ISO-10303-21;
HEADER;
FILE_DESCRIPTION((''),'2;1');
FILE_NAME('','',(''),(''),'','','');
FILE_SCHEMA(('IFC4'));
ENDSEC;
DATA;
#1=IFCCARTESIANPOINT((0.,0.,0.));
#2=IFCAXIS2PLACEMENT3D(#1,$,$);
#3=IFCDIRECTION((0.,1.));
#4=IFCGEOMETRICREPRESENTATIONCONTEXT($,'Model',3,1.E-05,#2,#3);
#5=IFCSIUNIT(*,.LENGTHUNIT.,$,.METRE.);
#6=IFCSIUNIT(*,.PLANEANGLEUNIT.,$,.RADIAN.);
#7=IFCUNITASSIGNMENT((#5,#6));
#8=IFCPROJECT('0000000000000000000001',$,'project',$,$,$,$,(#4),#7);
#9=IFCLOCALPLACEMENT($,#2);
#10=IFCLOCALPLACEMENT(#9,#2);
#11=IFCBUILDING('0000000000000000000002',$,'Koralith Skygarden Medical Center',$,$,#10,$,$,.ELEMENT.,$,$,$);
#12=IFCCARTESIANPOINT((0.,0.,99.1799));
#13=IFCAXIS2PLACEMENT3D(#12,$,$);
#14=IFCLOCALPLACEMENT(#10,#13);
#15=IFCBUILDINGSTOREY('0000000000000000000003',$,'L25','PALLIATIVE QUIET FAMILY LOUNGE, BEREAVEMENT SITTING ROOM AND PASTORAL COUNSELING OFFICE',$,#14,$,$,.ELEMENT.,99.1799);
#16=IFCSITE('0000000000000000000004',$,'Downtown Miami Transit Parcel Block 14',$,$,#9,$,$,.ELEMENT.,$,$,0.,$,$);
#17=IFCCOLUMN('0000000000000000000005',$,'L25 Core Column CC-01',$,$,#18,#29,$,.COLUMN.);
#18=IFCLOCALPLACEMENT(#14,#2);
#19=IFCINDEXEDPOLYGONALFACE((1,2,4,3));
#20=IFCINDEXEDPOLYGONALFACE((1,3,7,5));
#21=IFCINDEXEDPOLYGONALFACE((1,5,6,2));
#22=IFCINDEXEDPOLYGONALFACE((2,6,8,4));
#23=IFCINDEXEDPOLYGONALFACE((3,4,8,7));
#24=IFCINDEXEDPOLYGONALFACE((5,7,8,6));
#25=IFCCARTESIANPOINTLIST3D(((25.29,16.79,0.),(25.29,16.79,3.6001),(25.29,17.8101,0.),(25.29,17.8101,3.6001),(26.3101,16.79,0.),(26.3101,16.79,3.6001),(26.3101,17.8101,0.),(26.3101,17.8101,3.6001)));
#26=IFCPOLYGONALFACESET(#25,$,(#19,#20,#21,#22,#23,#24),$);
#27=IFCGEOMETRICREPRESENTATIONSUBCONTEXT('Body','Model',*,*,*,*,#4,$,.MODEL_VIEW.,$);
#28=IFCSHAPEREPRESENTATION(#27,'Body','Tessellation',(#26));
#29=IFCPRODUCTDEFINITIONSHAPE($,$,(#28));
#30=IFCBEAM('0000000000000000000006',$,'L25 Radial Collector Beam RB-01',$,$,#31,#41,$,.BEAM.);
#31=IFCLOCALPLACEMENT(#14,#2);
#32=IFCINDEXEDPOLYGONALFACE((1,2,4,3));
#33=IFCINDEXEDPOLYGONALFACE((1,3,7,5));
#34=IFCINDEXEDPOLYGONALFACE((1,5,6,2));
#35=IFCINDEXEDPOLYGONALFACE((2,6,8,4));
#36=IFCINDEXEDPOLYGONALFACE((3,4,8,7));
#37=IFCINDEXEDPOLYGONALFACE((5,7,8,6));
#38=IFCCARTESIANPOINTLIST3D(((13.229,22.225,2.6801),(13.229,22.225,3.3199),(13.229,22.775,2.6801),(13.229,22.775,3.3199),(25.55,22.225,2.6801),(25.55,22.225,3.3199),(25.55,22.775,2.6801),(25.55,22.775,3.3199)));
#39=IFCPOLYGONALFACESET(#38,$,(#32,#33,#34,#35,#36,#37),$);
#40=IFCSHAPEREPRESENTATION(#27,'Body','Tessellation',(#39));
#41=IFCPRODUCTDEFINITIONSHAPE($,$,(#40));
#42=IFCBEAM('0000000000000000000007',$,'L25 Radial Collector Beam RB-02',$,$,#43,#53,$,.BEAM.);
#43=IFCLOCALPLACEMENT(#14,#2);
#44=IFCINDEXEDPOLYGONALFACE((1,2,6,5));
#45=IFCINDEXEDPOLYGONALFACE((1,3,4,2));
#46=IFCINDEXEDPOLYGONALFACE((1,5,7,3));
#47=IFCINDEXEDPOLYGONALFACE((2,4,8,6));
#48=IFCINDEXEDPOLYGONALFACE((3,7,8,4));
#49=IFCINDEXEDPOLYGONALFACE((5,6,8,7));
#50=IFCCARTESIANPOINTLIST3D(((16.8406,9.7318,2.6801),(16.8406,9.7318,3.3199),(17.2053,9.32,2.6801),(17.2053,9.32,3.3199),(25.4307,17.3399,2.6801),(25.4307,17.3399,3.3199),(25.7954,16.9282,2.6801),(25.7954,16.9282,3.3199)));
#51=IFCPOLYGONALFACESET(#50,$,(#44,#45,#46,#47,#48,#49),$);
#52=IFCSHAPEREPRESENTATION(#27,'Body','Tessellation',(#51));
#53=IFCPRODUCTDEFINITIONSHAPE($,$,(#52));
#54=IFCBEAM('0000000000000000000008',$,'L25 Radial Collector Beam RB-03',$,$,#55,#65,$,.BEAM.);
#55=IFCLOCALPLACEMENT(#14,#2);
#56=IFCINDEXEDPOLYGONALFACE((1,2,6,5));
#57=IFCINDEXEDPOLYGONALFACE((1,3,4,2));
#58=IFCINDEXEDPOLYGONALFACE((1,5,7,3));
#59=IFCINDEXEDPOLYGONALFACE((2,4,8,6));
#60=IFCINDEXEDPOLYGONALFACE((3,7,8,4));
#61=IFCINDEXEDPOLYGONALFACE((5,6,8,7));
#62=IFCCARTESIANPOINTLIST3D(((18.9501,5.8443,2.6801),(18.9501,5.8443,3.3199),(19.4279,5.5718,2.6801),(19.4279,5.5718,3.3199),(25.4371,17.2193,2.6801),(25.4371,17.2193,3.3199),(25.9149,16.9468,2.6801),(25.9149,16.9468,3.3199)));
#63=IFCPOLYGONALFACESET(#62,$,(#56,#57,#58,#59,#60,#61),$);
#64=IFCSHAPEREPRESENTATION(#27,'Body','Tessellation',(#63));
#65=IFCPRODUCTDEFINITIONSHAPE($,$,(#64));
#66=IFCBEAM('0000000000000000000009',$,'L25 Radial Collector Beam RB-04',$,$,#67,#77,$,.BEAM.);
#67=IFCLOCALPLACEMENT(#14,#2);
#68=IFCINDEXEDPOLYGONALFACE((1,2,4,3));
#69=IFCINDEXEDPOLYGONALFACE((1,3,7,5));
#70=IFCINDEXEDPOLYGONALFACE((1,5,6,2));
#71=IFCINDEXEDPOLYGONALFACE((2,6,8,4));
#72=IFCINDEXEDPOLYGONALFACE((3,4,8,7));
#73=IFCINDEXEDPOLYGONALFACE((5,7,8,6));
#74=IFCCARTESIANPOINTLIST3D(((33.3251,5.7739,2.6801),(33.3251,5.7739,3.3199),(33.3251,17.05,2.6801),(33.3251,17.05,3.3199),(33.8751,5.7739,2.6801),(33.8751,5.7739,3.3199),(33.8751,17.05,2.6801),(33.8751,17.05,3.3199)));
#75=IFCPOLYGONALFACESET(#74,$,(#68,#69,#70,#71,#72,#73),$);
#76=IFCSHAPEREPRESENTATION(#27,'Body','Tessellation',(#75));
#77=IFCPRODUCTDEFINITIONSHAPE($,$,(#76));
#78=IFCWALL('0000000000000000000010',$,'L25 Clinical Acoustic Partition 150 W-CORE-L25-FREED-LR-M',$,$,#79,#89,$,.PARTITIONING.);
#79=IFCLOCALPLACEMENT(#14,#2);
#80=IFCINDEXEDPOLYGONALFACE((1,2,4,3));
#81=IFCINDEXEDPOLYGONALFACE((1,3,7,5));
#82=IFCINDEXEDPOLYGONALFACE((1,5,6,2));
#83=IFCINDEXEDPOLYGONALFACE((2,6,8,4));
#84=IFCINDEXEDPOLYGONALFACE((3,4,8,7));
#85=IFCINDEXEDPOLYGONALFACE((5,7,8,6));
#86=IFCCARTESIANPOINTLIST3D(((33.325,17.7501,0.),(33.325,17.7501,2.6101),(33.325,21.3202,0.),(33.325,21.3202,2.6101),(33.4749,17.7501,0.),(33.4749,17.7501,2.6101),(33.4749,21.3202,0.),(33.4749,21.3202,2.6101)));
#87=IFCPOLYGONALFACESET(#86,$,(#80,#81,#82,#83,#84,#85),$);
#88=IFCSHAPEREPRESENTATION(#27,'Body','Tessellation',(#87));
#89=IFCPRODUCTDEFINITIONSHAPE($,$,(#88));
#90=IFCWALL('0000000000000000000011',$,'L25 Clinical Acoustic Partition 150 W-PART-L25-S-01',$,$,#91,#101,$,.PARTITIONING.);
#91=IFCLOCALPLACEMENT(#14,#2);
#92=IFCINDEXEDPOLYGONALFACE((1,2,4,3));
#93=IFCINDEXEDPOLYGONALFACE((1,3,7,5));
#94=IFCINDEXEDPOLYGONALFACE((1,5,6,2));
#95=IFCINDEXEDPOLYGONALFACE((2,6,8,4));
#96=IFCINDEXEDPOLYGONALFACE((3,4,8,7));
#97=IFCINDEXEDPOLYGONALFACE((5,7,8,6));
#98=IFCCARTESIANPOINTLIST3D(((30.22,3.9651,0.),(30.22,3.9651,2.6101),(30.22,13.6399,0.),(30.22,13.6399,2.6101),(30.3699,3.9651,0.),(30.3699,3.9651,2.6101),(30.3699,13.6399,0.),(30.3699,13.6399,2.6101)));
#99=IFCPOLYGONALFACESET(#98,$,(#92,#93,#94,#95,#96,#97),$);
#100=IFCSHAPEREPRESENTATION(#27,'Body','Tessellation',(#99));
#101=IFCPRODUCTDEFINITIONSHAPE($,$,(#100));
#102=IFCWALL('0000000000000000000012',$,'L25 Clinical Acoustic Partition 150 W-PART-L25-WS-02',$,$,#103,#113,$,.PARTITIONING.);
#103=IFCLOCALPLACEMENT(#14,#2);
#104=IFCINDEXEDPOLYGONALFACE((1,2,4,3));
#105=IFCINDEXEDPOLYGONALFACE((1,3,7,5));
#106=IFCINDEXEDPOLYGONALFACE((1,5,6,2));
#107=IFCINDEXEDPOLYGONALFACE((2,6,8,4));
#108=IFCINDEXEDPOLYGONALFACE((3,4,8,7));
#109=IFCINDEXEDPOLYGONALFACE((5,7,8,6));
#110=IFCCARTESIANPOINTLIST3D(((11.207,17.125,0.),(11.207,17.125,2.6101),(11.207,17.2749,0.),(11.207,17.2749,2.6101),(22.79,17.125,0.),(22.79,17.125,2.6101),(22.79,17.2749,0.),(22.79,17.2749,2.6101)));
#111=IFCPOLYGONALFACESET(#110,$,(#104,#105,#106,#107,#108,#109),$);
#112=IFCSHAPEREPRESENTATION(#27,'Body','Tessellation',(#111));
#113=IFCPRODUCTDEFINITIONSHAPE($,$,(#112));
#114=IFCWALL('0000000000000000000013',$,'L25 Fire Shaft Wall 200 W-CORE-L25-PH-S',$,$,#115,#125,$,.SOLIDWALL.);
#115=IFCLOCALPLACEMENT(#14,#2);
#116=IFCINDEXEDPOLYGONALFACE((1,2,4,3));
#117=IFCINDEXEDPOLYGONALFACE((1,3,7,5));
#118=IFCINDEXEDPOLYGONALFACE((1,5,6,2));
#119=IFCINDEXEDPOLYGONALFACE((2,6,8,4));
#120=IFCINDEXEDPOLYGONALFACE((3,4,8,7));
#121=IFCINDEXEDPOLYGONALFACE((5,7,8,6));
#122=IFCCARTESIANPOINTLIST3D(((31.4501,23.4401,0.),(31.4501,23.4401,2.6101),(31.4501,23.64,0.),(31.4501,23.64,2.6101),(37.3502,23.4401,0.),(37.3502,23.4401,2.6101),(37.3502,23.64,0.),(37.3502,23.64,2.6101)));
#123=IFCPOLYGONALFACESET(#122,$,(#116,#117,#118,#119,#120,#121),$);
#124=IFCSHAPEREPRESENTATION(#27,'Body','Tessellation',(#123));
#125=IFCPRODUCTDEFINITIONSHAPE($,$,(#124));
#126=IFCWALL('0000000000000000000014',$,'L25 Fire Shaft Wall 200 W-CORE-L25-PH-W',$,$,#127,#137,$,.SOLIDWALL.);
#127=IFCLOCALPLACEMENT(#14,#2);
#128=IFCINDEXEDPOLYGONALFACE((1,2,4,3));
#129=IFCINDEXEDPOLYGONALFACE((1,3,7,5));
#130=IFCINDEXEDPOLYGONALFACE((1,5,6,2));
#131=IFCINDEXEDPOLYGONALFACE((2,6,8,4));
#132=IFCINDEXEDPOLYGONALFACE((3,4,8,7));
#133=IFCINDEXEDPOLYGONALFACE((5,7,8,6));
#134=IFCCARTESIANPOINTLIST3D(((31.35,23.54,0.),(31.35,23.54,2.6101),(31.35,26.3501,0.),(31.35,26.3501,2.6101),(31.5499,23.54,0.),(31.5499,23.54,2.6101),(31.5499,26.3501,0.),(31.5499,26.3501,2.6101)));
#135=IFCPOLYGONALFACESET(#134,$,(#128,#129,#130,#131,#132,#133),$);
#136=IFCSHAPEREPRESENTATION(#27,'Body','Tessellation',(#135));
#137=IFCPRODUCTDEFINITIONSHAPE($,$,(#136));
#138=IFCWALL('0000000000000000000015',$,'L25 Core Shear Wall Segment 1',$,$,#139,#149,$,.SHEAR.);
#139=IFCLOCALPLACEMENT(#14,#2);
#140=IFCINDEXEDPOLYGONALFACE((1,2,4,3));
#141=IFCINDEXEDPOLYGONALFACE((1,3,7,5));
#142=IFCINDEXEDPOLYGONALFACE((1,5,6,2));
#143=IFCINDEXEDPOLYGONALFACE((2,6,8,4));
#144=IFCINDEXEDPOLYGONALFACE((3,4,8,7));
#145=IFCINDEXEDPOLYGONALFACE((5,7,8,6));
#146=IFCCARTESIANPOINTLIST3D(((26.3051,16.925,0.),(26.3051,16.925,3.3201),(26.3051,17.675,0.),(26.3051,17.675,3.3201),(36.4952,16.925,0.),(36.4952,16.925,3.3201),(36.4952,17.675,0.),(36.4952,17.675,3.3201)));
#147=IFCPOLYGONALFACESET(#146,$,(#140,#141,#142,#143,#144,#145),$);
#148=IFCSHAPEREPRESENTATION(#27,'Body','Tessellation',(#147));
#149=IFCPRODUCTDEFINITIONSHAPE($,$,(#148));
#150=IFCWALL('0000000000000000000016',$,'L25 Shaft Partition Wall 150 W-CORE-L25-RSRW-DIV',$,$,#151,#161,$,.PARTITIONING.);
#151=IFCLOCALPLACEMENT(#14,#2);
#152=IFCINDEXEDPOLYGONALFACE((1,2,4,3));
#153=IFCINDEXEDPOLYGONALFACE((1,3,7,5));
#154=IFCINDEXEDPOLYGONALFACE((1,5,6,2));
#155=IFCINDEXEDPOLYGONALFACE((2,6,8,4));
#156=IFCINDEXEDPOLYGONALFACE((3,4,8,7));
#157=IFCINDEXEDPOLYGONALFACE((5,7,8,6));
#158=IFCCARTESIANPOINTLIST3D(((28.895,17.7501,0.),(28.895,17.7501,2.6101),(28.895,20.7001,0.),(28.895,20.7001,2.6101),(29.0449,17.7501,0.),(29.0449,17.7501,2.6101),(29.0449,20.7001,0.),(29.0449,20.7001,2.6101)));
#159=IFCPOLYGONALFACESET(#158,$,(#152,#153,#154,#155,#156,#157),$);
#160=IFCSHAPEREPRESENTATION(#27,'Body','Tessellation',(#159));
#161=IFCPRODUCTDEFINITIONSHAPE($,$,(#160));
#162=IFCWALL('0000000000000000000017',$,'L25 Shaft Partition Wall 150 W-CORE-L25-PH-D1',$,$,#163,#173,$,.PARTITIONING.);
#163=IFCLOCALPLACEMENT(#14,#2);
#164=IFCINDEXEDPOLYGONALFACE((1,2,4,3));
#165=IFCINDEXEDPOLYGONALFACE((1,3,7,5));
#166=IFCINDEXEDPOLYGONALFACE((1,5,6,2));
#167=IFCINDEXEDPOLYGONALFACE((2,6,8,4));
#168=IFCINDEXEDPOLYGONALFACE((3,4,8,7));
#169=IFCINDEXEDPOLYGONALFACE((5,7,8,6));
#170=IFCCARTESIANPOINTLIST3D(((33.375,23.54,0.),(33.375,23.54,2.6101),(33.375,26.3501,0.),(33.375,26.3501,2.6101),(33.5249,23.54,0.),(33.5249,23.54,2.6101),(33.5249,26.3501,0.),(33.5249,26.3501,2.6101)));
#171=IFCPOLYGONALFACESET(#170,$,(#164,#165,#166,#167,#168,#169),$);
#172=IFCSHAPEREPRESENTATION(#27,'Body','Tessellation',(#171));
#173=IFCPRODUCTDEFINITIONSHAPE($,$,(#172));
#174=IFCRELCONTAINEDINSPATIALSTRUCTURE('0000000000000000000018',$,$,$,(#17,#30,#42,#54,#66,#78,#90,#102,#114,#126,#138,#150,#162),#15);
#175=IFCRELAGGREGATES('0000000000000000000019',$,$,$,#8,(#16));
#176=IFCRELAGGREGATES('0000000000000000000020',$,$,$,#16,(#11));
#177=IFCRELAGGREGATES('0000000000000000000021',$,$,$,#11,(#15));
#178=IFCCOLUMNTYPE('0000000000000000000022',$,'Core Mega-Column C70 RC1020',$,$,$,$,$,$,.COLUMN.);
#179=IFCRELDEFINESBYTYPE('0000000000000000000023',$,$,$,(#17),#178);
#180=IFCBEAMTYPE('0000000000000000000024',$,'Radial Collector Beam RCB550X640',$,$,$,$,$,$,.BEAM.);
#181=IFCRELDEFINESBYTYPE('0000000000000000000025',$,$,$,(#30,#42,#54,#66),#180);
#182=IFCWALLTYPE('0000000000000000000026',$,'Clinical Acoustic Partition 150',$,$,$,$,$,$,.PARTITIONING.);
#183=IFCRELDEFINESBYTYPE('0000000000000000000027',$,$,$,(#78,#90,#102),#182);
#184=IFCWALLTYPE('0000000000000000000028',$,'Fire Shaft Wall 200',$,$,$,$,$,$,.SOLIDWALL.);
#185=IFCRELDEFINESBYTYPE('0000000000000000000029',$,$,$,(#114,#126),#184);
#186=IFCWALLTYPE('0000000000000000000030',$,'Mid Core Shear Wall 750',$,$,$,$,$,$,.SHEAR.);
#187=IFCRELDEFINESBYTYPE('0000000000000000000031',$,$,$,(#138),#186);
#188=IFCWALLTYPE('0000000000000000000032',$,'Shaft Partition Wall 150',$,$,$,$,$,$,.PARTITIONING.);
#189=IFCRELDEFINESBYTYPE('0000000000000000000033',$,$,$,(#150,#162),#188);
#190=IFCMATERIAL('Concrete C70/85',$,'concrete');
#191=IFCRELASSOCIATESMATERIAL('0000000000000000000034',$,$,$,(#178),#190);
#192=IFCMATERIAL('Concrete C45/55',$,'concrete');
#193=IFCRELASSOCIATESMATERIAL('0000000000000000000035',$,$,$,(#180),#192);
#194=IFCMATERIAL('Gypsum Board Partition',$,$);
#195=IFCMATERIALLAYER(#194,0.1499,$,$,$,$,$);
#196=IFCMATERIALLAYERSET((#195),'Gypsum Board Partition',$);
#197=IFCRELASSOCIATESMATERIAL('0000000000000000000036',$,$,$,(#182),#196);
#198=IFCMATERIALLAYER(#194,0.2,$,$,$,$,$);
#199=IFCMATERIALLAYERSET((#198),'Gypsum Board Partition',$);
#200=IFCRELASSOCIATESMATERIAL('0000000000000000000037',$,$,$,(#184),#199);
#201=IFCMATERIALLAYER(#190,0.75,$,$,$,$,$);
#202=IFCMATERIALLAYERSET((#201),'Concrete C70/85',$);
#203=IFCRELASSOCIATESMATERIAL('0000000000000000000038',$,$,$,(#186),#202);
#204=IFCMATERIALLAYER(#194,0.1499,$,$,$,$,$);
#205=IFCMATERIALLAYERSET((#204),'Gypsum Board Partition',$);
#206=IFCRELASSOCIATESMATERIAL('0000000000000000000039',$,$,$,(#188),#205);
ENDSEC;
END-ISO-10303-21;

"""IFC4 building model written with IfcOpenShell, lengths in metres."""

from ifc_helpers import new_model, si_unit, direction, frame, frame_2d, origin, origin_2d, place, context, subcontext, project, spatial, rectangle, extrude, material, layer, layer_set, material_profile, profile_set, type_object, element, save


model = new_model("IFC4")

# Units and contexts
model_context = context("Model", 3, precision=1e-05, world=origin(), true_north=direction((0.0, 1.0)))
body_context = subcontext(model_context, "Body", "Model", "MODEL_VIEW")
ifc_project = project(units=[si_unit("LENGTHUNIT", "METRE"), si_unit("PLANEANGLEUNIT", "RADIAN")], contexts=[model_context])

# Site, building, storey
site_placement = place(None, origin())
site = spatial("IfcSite", under=ifc_project, at=site_placement, Name="Downtown Miami Transit Parcel Block 14", CompositionType="ELEMENT", RefElevation=0.0)
building_placement = place(site_placement, origin())
building = spatial("IfcBuilding", under=site, at=building_placement, Name="Koralith Skygarden Medical Center", CompositionType="ELEMENT")
storey_placement = place(building_placement, frame((0.0, 0.0, 99.1799)))
storey = spatial("IfcBuildingStorey", under=building, at=storey_placement, Name="L25", Description="PALLIATIVE QUIET FAMILY LOUNGE, BEREAVEMENT SITTING ROOM AND PASTORAL COUNSELING OFFICE", CompositionType="ELEMENT", Elevation=99.1799)

# Column
ifc_material_1 = material(Name="Concrete C70/85", Category="concrete")
ifc_material_profile_1 = material_profile(ifc_material_1, rectangle(XDim=1.02, YDim=1.02, at=origin_2d()), Name="RC1020X1020")
ifc_profile_set_1 = profile_set([ifc_material_profile_1], Name="Concrete C70/85")
column_type = type_object("IfcColumnType", Name="Core Mega-Column C70 RC1020", PredefinedType="COLUMN", material=ifc_profile_set_1)
column_placement = place(storey_placement, frame((25.8, 17.3, 0.0), z_axis=(0.0, 0.0, 1.0), x_axis=(1.0, 0.0, 0.0)))
element("IfcColumn", 1, at=column_placement, inside=storey, type_object=column_type, Name="L25 Core Column CC-01", PredefinedType="COLUMN", context=body_context, shape_type="SweptSolid", body=[
    extrude(rectangle(XDim=1.02, YDim=1.02, at=origin_2d()), origin(), (0.0, 0.0, 1.0), 3.6001),
])

# Beams
ifc_material_2 = material(Name="Concrete C45/55", Category="concrete")
ifc_material_profile_2 = material_profile(ifc_material_2, rectangle(XDim=0.55, YDim=0.6399, at=origin_2d()), Name="RCB550X640")
ifc_profile_set_2 = profile_set([ifc_material_profile_2], Name="Concrete C45/55")
beam_type = type_object("IfcBeamType", Name="Radial Collector Beam RCB550X640", PredefinedType="BEAM", material=ifc_profile_set_2)
beam_1_placement = place(storey_placement, frame((25.55, 22.5, 3.0), z_axis=(-1.0, 0.0, 0.0), x_axis=(0.0, -1.0, 0.0)))
element("IfcBeam", 2, at=beam_1_placement, inside=storey, type_object=beam_type, Name="L25 Radial Collector Beam RB-01", PredefinedType="BEAM", context=body_context, shape_type="SweptSolid", body=[
    extrude(rectangle(XDim=0.55, YDim=0.6399, at=origin_2d()), origin(), (0.0, 0.0, 1.0), 12.321),
])
beam_2_placement = place(storey_placement, frame((25.613, 17.134, 3.0), z_axis=(-0.748597, -0.663025, 0.0), x_axis=(0.663025, -0.748597, 0.0)))
element("IfcBeam", 3, at=beam_2_placement, inside=storey, type_object=beam_type, Name="L25 Radial Collector Beam RB-02", PredefinedType="BEAM", context=body_context, shape_type="SweptSolid", body=[
    extrude(rectangle(XDim=0.55, YDim=0.6399, at=origin_2d()), origin(), (0.0, 0.0, 1.0), 11.4749),
])
beam_3_placement = place(storey_placement, frame((25.676, 17.083, 3.0), z_axis=(-0.495394, -0.868668, 0.0), x_axis=(0.868668, -0.495394, 0.0)))
element("IfcBeam", 4, at=beam_3_placement, inside=storey, type_object=beam_type, Name="L25 Radial Collector Beam RB-03", PredefinedType="BEAM", context=body_context, shape_type="SweptSolid", body=[
    extrude(rectangle(XDim=0.55, YDim=0.6399, at=origin_2d()), origin(), (0.0, 0.0, 1.0), 13.0947),
])
beam_4_placement = place(storey_placement, frame((33.6001, 17.05, 3.0), z_axis=(0.0, -1.0, 0.0), x_axis=(1.0, 0.0, 0.0)))
element("IfcBeam", 5, at=beam_4_placement, inside=storey, type_object=beam_type, Name="L25 Radial Collector Beam RB-04", PredefinedType="BEAM", context=body_context, shape_type="SweptSolid", body=[
    extrude(rectangle(XDim=0.55, YDim=0.6399, at=origin_2d()), origin(), (0.0, 0.0, 1.0), 11.2761),
])

# Shared definitions
ifc_material_3 = material(Name="Gypsum Board Partition")
ifc_layer_1 = layer(ifc_material_3, 0.1499)
ifc_layer_set_1 = layer_set([ifc_layer_1], Name="Gypsum Board Partition")
wall_type_1 = type_object("IfcWallType", Name="Clinical Acoustic Partition 150", PredefinedType="PARTITIONING", material=ifc_layer_set_1)

# Walls
wall_1_placement = place(storey_placement, frame((33.3999, 17.75, 0.0), z_axis=(0.0, 0.0, 1.0), x_axis=(0.0, 1.0, 0.0)))
element("IfcWall", 6, at=wall_1_placement, inside=storey, type_object=wall_type_1, Name="L25 Clinical Acoustic Partition 150 W-CORE-L25-FREED-LR-M", PredefinedType="PARTITIONING", context=body_context, shape_type="SweptSolid", body=[
    extrude(rectangle(XDim=3.5701, YDim=0.1499, at=frame_2d((1.7852, 0.0))), origin(), (0.0, 0.0, 1.0), 2.6101),
])
wall_2_placement = place(storey_placement, frame((30.2949, 13.6399, 0.0), z_axis=(0.0, 0.0, 1.0), x_axis=(0.0, -1.0, 0.0)))
element("IfcWall", 7, at=wall_2_placement, inside=storey, type_object=wall_type_1, Name="L25 Clinical Acoustic Partition 150 W-PART-L25-S-01", PredefinedType="PARTITIONING", context=body_context, shape_type="SweptSolid", body=[
    extrude(rectangle(XDim=9.6748, YDim=0.1499, at=frame_2d((4.8374, 0.0))), origin(), (0.0, 0.0, 1.0), 2.6101),
])
wall_3_placement = place(storey_placement, frame((22.79, 17.2, 0.0), z_axis=(0.0, 0.0, 1.0), x_axis=(-1.0, 0.0, 0.0)))
element("IfcWall", 8, at=wall_3_placement, inside=storey, type_object=wall_type_1, Name="L25 Clinical Acoustic Partition 150 W-PART-L25-WS-02", PredefinedType="PARTITIONING", context=body_context, shape_type="SweptSolid", body=[
    extrude(rectangle(XDim=11.583, YDim=0.1499, at=frame_2d((5.7915, 0.0))), origin(), (0.0, 0.0, 1.0), 2.6101),
])

# Shared definitions
ifc_layer_2 = layer(ifc_material_3, 0.2)
ifc_layer_set_2 = layer_set([ifc_layer_2], Name="Gypsum Board Partition")
wall_type_2 = type_object("IfcWallType", Name="Fire Shaft Wall 200", PredefinedType="SOLIDWALL", material=ifc_layer_set_2)

# Walls
wall_4_placement = place(storey_placement, frame((31.45, 23.54, 0.0), z_axis=(0.0, 0.0, 1.0), x_axis=(1.0, 0.0, 0.0)))
element("IfcWall", 9, at=wall_4_placement, inside=storey, type_object=wall_type_2, Name="L25 Fire Shaft Wall 200 W-CORE-L25-PH-S", PredefinedType="SOLIDWALL", context=body_context, shape_type="SweptSolid", body=[
    extrude(rectangle(XDim=5.9001, YDim=0.2, at=frame_2d((2.9502, 0.0))), origin(), (0.0, 0.0, 1.0), 2.6101),
])
wall_5_placement = place(storey_placement, frame((31.45, 23.54, 0.0), z_axis=(0.0, 0.0, 1.0), x_axis=(0.0, 1.0, 0.0)))
element("IfcWall", 10, at=wall_5_placement, inside=storey, type_object=wall_type_2, Name="L25 Fire Shaft Wall 200 W-CORE-L25-PH-W", PredefinedType="SOLIDWALL", context=body_context, shape_type="SweptSolid", body=[
    extrude(rectangle(XDim=2.8101, YDim=0.2, at=frame_2d((1.405, 0.0))), origin(), (0.0, 0.0, 1.0), 2.6101),
])
ifc_layer_3 = layer(ifc_material_1, 0.75)
ifc_layer_set_3 = layer_set([ifc_layer_3], Name="Concrete C70/85")
wall_type_3 = type_object("IfcWallType", Name="Mid Core Shear Wall 750", PredefinedType="SHEAR", material=ifc_layer_set_3)
wall_6_placement = place(storey_placement, frame((26.3049, 17.3, 0.0), z_axis=(0.0, 0.0, 1.0), x_axis=(1.0, 0.0, 0.0)))
element("IfcWall", 11, at=wall_6_placement, inside=storey, type_object=wall_type_3, Name="L25 Core Shear Wall Segment 1", PredefinedType="SHEAR", context=body_context, shape_type="SweptSolid", body=[
    extrude(rectangle(XDim=10.1902, YDim=0.75, at=frame_2d((5.0952, 0.0))), origin(), (0.0, 0.0, 1.0), 3.3201),
])
ifc_layer_4 = layer(ifc_material_3, 0.1499)
ifc_layer_set_4 = layer_set([ifc_layer_4], Name="Gypsum Board Partition")
wall_type_4 = type_object("IfcWallType", Name="Shaft Partition Wall 150", PredefinedType="PARTITIONING", material=ifc_layer_set_4)
wall_7_placement = place(storey_placement, frame((28.97, 17.75, 0.0), z_axis=(0.0, 0.0, 1.0), x_axis=(0.0, 1.0, 0.0)))
element("IfcWall", 12, at=wall_7_placement, inside=storey, type_object=wall_type_4, Name="L25 Shaft Partition Wall 150 W-CORE-L25-RSRW-DIV", PredefinedType="PARTITIONING", context=body_context, shape_type="SweptSolid", body=[
    extrude(rectangle(XDim=2.95, YDim=0.1499, at=frame_2d((1.4751, 0.0))), origin(), (0.0, 0.0, 1.0), 2.6101),
])
wall_8_placement = place(storey_placement, frame((33.45, 23.54, 0.0), z_axis=(0.0, 0.0, 1.0), x_axis=(0.0, 1.0, 0.0)))
element("IfcWall", 13, at=wall_8_placement, inside=storey, type_object=wall_type_4, Name="L25 Shaft Partition Wall 150 W-CORE-L25-PH-D1", PredefinedType="PARTITIONING", context=body_context, shape_type="SweptSolid", body=[
    extrude(rectangle(XDim=2.8101, YDim=0.1499, at=frame_2d((1.405, 0.0))), origin(), (0.0, 0.0, 1.0), 2.6101),
])

save(model, "model.ifc")
